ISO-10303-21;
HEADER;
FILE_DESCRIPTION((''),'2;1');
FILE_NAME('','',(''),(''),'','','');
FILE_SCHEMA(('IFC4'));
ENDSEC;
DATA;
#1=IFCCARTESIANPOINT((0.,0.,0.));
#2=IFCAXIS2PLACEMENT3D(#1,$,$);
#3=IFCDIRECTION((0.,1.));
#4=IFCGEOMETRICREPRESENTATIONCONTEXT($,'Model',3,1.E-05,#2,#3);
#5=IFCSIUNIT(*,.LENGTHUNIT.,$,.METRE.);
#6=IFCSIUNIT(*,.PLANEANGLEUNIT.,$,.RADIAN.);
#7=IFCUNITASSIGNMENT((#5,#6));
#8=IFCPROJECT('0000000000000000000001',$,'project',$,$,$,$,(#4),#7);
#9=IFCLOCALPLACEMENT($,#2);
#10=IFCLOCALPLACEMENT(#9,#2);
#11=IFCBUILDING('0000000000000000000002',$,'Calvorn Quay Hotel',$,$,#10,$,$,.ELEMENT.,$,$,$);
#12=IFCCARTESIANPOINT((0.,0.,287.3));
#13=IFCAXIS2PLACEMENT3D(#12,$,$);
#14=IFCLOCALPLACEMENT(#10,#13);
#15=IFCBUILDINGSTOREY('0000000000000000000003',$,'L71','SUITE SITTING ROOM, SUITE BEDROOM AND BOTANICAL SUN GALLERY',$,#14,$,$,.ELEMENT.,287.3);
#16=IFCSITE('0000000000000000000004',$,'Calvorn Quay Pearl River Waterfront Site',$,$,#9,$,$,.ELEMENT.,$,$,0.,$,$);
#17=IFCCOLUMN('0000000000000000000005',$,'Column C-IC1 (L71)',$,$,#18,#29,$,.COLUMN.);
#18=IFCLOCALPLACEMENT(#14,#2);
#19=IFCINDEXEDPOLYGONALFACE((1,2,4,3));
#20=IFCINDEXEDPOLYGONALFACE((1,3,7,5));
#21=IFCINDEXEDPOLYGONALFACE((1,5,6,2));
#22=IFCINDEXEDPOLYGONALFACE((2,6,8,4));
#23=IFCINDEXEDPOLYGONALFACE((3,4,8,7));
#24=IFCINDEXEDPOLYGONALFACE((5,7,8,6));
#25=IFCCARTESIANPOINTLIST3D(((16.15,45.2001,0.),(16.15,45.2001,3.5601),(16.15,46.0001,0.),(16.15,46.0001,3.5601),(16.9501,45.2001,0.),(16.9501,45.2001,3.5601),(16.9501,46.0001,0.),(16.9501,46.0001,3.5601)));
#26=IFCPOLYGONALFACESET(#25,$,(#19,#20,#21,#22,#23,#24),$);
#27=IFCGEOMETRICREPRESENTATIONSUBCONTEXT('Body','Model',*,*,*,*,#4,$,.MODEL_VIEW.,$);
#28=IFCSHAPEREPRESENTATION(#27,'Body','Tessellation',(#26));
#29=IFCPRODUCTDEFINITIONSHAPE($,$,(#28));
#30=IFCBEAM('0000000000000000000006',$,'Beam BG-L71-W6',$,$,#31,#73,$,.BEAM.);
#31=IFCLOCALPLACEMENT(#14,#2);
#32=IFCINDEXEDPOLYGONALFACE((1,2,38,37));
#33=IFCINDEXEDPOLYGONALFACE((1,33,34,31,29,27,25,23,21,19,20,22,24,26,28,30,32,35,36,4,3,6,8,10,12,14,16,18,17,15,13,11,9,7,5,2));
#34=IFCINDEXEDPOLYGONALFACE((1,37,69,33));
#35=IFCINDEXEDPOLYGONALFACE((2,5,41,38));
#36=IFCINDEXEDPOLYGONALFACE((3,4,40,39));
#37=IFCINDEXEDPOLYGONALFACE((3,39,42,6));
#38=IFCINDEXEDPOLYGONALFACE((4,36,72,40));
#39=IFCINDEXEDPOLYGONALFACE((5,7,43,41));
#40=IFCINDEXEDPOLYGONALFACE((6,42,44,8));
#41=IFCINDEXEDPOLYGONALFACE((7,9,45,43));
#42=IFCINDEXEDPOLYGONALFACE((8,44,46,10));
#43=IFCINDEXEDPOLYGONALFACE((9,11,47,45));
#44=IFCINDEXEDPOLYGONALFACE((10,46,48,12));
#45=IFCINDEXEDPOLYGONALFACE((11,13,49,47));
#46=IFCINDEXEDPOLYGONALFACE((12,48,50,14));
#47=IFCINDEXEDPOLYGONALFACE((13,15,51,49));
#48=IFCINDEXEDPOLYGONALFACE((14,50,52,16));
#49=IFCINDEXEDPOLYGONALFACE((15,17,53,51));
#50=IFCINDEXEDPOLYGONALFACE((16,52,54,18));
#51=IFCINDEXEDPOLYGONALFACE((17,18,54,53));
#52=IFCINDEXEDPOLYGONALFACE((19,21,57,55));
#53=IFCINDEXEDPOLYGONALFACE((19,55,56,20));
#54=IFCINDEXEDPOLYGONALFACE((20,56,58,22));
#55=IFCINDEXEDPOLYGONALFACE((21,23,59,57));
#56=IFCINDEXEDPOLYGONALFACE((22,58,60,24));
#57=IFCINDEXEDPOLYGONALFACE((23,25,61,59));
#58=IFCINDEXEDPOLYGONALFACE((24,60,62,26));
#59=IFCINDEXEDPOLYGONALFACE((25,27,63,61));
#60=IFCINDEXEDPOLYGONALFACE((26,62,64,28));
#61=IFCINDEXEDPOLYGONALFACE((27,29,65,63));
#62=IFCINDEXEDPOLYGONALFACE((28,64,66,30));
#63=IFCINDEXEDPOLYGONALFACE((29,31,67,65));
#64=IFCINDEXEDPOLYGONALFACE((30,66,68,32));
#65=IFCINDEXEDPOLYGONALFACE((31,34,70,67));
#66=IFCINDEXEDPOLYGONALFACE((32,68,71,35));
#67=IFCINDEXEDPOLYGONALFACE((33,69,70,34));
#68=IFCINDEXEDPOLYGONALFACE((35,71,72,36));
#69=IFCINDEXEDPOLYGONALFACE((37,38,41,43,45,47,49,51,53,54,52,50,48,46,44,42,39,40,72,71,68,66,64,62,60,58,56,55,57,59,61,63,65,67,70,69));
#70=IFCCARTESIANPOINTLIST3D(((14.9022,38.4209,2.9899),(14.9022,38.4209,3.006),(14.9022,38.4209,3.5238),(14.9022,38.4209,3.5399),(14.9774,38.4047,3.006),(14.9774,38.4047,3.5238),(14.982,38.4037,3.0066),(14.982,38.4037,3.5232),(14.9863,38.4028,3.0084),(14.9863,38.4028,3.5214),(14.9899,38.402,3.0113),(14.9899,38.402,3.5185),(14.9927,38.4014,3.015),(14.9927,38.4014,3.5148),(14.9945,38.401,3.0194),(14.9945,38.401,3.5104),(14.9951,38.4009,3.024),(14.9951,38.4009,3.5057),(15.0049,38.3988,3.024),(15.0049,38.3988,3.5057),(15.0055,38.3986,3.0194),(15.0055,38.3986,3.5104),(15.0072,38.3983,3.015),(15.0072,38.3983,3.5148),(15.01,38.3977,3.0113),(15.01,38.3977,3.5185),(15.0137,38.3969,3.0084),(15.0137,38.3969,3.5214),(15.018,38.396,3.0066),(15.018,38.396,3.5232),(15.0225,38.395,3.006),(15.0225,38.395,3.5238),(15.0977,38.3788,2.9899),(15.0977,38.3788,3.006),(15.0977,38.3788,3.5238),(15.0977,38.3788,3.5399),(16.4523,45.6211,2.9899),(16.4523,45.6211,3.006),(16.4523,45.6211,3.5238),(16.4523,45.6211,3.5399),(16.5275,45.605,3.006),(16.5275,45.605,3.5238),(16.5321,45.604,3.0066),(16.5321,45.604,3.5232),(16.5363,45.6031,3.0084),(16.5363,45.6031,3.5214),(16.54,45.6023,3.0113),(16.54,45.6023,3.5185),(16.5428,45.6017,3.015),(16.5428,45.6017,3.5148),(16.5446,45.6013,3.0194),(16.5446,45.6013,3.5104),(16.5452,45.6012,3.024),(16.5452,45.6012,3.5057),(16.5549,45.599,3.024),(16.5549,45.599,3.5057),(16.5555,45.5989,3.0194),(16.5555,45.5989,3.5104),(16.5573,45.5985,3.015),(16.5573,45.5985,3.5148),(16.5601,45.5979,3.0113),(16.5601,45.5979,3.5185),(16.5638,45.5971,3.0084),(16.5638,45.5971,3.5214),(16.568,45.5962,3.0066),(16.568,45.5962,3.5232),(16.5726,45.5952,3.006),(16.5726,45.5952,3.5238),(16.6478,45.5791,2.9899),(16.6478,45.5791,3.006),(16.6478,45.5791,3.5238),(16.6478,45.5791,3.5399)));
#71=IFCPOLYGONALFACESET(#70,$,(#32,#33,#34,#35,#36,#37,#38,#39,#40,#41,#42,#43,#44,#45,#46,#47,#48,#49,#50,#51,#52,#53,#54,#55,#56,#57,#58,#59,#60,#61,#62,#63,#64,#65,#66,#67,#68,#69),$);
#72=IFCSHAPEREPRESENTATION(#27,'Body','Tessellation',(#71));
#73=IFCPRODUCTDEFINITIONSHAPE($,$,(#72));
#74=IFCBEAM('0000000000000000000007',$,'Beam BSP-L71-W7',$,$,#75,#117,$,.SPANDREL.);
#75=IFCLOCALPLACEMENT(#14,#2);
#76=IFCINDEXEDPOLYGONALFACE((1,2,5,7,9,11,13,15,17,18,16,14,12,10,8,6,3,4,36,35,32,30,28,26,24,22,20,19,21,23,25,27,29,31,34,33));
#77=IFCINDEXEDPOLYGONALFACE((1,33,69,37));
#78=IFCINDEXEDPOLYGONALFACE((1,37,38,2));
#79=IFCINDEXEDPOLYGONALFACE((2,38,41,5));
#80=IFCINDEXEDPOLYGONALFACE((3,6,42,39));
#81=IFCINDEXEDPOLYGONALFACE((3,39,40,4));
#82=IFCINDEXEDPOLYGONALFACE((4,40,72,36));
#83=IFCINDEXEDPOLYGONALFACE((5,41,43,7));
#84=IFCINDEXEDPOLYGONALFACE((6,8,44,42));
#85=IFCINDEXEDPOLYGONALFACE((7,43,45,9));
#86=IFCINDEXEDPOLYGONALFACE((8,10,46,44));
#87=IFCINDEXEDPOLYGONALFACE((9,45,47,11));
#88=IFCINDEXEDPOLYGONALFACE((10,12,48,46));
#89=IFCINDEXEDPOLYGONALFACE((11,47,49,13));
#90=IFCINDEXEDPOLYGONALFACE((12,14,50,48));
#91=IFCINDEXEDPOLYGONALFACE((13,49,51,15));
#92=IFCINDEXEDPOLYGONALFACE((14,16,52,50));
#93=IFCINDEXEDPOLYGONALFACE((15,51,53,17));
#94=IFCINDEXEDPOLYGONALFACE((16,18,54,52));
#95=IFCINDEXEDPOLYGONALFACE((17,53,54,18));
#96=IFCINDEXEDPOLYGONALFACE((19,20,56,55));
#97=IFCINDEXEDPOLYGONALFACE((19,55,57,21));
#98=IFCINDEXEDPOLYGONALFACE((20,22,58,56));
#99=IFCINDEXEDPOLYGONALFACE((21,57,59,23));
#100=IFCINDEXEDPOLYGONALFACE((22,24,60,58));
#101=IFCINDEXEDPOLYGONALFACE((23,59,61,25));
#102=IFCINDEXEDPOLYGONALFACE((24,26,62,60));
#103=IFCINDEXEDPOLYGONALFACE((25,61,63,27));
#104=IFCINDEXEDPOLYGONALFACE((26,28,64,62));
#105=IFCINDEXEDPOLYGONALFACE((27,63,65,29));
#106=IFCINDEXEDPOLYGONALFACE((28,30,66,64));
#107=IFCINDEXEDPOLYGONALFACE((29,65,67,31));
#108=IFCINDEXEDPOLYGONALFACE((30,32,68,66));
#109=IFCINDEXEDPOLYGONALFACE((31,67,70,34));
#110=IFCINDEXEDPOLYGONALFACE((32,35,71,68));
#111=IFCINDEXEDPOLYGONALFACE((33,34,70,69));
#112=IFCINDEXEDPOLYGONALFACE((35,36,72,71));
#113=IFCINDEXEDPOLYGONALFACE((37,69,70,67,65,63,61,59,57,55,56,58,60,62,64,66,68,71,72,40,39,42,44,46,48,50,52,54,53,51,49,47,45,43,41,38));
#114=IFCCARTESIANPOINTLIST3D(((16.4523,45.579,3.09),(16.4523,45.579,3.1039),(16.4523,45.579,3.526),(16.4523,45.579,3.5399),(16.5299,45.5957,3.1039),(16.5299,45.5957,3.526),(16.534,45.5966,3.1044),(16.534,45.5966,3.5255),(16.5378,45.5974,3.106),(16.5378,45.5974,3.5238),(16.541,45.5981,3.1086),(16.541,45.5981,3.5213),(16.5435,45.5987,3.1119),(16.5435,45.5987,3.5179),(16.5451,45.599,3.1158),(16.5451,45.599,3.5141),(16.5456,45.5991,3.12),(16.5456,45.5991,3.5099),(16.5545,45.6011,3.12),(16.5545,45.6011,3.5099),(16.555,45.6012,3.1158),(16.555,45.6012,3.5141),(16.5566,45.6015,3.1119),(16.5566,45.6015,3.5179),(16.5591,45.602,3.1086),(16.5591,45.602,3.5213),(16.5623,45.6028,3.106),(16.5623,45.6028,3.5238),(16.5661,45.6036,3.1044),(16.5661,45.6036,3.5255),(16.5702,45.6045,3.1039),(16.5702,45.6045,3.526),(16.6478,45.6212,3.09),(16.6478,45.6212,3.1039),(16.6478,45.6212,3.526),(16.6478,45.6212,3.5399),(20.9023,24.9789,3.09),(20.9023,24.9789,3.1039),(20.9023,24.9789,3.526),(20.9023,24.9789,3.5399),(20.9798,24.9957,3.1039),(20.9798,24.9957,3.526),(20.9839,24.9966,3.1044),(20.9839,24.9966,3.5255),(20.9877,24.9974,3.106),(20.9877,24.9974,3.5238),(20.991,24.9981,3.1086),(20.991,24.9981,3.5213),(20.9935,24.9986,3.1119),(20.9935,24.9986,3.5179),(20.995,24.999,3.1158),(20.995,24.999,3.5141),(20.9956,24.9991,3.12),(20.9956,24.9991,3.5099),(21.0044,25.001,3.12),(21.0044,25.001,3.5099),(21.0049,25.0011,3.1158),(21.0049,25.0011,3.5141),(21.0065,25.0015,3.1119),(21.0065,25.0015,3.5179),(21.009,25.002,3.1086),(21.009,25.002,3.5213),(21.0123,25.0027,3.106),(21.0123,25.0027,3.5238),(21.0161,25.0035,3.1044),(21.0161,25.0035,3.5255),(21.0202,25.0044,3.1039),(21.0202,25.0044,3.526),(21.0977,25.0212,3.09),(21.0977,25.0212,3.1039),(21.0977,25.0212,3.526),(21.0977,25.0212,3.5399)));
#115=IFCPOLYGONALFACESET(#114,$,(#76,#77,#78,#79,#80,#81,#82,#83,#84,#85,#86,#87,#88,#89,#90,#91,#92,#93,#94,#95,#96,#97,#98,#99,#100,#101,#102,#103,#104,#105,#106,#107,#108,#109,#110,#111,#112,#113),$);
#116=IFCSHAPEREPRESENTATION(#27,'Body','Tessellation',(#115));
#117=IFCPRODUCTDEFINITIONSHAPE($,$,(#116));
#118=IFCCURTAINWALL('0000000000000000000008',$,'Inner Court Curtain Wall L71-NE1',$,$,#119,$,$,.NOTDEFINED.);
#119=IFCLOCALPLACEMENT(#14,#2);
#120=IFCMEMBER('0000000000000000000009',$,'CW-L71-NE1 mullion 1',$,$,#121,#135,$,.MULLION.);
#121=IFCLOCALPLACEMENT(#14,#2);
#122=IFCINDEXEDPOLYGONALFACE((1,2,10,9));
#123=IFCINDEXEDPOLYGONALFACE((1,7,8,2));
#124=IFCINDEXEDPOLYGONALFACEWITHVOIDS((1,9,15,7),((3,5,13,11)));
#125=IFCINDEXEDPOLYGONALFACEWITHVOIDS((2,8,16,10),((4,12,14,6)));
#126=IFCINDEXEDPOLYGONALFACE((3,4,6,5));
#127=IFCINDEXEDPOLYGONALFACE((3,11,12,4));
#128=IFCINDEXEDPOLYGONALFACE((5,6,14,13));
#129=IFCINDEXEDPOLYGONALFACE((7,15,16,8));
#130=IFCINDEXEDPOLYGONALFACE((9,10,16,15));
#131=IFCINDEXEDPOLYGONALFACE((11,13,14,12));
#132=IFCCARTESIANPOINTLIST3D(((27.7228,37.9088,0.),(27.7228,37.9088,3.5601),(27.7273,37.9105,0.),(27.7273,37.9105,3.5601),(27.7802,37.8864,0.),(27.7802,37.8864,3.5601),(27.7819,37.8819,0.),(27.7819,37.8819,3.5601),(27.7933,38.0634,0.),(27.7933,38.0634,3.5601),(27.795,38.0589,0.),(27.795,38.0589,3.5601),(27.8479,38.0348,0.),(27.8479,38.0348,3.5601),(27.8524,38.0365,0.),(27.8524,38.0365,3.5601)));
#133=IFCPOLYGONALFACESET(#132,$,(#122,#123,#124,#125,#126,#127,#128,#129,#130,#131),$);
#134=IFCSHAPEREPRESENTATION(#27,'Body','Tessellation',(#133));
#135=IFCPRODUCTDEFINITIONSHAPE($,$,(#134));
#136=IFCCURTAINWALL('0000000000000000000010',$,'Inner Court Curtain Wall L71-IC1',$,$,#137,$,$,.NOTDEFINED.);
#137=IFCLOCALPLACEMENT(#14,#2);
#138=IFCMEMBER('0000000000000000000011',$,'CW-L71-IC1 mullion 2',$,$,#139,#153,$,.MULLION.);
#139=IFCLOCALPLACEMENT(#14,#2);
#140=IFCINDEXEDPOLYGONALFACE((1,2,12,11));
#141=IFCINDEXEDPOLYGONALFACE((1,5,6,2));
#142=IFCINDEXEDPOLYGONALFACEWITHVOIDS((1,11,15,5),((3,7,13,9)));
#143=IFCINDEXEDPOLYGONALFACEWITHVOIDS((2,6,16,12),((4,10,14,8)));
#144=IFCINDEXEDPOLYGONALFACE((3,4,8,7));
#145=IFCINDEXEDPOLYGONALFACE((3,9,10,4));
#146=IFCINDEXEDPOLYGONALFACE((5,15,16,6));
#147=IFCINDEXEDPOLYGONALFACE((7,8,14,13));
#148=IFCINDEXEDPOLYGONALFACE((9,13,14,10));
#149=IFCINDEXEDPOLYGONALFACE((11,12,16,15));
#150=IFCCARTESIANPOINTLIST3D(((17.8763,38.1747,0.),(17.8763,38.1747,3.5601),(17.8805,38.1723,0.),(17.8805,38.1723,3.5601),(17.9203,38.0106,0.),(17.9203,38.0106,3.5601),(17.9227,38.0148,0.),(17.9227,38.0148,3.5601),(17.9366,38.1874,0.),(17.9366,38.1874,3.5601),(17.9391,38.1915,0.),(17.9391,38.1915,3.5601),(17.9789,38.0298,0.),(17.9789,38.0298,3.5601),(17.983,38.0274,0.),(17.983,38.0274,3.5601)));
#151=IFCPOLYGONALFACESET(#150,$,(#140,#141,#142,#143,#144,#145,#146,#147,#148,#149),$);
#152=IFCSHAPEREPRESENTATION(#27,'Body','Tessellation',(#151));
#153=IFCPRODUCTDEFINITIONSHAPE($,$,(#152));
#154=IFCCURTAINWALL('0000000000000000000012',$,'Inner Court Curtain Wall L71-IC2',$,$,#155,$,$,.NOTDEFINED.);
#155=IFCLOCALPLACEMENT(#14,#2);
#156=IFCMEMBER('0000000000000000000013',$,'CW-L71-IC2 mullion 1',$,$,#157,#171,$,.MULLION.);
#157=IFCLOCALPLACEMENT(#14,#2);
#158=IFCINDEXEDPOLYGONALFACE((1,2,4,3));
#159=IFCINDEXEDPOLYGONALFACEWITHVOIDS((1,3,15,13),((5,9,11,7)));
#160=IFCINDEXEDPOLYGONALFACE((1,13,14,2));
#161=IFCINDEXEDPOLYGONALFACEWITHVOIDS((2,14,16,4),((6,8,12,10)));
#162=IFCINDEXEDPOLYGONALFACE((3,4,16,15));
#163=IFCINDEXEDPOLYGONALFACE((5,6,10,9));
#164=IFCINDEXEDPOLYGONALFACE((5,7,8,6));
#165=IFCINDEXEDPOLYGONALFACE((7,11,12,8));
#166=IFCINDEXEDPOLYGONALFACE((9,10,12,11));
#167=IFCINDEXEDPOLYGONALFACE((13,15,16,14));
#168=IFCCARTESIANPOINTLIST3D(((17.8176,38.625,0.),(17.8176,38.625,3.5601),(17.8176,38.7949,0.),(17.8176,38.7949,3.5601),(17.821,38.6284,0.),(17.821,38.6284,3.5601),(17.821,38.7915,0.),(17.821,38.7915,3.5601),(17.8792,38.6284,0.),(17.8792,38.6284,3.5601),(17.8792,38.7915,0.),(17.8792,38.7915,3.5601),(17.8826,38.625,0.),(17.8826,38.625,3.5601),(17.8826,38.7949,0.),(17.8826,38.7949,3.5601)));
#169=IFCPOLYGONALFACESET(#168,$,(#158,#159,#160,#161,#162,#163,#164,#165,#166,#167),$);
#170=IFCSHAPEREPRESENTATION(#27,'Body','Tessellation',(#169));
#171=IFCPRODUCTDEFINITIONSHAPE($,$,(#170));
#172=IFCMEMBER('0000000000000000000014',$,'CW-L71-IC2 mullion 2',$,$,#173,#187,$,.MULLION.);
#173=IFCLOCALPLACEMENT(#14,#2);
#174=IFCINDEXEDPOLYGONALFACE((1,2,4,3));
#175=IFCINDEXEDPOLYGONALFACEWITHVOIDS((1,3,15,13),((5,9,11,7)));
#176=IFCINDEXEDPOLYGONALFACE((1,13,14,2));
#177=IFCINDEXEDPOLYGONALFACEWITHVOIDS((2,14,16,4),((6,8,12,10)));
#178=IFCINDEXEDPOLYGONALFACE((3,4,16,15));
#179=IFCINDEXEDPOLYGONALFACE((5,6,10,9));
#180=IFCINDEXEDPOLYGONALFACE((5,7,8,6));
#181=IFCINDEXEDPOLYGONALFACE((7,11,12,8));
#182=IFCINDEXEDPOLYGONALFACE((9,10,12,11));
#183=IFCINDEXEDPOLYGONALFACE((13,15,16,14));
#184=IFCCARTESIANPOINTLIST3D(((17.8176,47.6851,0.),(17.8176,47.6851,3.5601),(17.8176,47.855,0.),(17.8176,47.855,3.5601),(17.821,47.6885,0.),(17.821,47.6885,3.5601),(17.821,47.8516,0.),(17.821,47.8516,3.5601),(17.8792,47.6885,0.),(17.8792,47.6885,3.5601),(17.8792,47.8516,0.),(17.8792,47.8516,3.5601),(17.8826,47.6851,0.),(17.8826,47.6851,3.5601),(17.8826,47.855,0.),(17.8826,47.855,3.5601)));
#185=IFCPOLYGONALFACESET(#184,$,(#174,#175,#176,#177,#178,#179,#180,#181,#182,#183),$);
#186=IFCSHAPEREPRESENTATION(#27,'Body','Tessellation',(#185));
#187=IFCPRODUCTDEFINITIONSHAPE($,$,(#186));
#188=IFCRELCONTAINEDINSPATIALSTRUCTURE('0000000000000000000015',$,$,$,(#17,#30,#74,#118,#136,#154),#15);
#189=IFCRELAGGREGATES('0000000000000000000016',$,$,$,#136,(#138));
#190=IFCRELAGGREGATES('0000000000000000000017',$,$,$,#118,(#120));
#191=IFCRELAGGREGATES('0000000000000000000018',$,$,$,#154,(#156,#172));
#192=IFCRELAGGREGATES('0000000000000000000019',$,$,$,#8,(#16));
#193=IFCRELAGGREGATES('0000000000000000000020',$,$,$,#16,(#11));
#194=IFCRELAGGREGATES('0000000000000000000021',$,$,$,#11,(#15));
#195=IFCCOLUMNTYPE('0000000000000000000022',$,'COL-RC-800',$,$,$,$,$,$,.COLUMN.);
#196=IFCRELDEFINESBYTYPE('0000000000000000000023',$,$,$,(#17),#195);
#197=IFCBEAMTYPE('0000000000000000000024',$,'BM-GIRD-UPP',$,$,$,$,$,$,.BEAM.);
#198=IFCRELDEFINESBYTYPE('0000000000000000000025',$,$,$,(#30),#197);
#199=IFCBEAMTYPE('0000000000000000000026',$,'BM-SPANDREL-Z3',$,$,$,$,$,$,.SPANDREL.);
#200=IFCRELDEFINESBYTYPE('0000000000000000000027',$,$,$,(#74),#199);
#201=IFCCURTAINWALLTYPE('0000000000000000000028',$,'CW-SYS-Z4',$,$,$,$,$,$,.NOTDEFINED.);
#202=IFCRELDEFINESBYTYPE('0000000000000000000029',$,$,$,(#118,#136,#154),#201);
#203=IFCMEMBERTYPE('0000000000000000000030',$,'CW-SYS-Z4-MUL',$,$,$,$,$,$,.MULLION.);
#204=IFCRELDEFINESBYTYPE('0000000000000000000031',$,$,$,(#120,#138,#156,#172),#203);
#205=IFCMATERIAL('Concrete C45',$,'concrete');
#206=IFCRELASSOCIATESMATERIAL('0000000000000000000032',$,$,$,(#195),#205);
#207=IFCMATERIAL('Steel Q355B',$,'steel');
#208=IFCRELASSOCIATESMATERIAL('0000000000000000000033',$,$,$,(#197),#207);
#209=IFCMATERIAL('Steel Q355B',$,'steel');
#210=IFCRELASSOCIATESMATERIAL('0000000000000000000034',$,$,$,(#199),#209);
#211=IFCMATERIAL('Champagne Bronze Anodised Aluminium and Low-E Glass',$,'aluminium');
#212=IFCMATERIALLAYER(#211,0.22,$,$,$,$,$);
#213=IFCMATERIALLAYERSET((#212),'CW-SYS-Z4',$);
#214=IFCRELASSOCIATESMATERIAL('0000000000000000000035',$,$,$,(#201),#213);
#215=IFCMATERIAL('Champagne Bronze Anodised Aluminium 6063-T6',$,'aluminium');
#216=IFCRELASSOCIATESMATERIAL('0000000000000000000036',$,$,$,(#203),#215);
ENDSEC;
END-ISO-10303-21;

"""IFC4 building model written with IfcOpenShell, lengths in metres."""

from ifc_helpers import new_model, si_unit, direction, frame, origin, origin_2d, place, context, subcontext, project, spatial, rectangle, hollow_rectangle, i_section, extrude, material, layer, layer_set, material_profile, profile_set, type_object, element, aggregate, save


model = new_model("IFC4")

# Units and contexts
model_context = context("Model", 3, precision=1e-05, world=origin(), true_north=direction((0.0, 1.0)))
body_context = subcontext(model_context, "Body", "Model", "MODEL_VIEW")
ifc_project = project(units=[si_unit("LENGTHUNIT", "METRE"), si_unit("PLANEANGLEUNIT", "RADIAN")], contexts=[model_context])

# Site, building, storey
site_placement = place(None, origin())
site = spatial("IfcSite", under=ifc_project, at=site_placement, Name="Calvorn Quay Pearl River Waterfront Site", CompositionType="ELEMENT", RefElevation=0.0)
building_placement = place(site_placement, origin())
building = spatial("IfcBuilding", under=site, at=building_placement, Name="Calvorn Quay Hotel", CompositionType="ELEMENT")
storey_placement = place(building_placement, frame((0.0, 0.0, 287.3)))
storey = spatial("IfcBuildingStorey", under=building, at=storey_placement, Name="L71", Description="SUITE SITTING ROOM, SUITE BEDROOM AND BOTANICAL SUN GALLERY", CompositionType="ELEMENT", Elevation=287.3)

# Column
ifc_material_1 = material(Name="Concrete C45", Category="concrete")
ifc_material_profile_1 = material_profile(ifc_material_1, rectangle(XDim=0.8, YDim=0.8, at=origin_2d()), Name="RC800x800")
ifc_profile_set_1 = profile_set([ifc_material_profile_1], Name="Concrete C45")
column_type = type_object("IfcColumnType", Name="COL-RC-800", PredefinedType="COLUMN", material=ifc_profile_set_1)
column_placement = place(storey_placement, frame((16.55, 45.6001, 0.0), z_axis=(0.0, 0.0, 1.0), x_axis=(1.0, 0.0, 0.0)))
element("IfcColumn", 1, at=column_placement, inside=storey, type_object=column_type, Name="Column C-IC1 (L71)", PredefinedType="COLUMN", context=body_context, shape_type="SweptSolid", body=[
    extrude(rectangle(XDim=0.8, YDim=0.8, at=origin_2d()), origin(), (0.0, 0.0, 1.0), 3.5601),
])

# Beams
ifc_material_2 = material(Name="Steel Q355B", Category="steel")
ifc_material_profile_2 = material_profile(ifc_material_2, i_section(OverallWidth=0.2, OverallDepth=0.55, WebThickness=0.01, FlangeThickness=0.0161, FilletRadius=0.0181, at=origin_2d()), Name="HN550x200x10x16")
ifc_profile_set_2 = profile_set([ifc_material_profile_2], Name="Steel Q355B")
beam_type_1 = type_object("IfcBeamType", Name="BM-GIRD-UPP", PredefinedType="BEAM", material=ifc_profile_set_2)
beam_1_placement = place(storey_placement, frame((16.55, 45.6001, 3.2649), z_axis=(-0.210457, -0.977603, 0.0), x_axis=(0.977603, -0.210457, 0.0)))
element("IfcBeam", 2, at=beam_1_placement, inside=storey, type_object=beam_type_1, Name="Beam BG-L71-W6", PredefinedType="BEAM", context=body_context, shape_type="SweptSolid", body=[
    extrude(i_section(OverallWidth=0.2, OverallDepth=0.55, WebThickness=0.01, FlangeThickness=0.0161, FilletRadius=0.0181, at=origin_2d()), origin(), (0.0, 0.0, 1.0), 7.3652),
])
ifc_material_3 = material(Name="Steel Q355B", Category="steel")
ifc_material_profile_3 = material_profile(ifc_material_3, i_section(OverallWidth=0.2, OverallDepth=0.45, WebThickness=0.009, FlangeThickness=0.0139, FilletRadius=0.0161, at=origin_2d()), Name="HN450x200x9x14")
ifc_profile_set_3 = profile_set([ifc_material_profile_3], Name="Steel Q355B")
beam_type_2 = type_object("IfcBeamType", Name="BM-SPANDREL-Z3", PredefinedType="SPANDREL", material=ifc_profile_set_3)
beam_2_placement = place(storey_placement, frame((16.55, 45.6001, 3.3149), z_axis=(0.211146, -0.977455, 0.0), x_axis=(0.977455, 0.211146, 0.0)))
element("IfcBeam", 3, at=beam_2_placement, inside=storey, type_object=beam_type_2, Name="Beam BSP-L71-W7", PredefinedType="SPANDREL", context=body_context, shape_type="SweptSolid", body=[
    extrude(i_section(OverallWidth=0.2, OverallDepth=0.45, WebThickness=0.009, FlangeThickness=0.0139, FilletRadius=0.0161, at=origin_2d()), origin(), (0.0, 0.0, 1.0), 21.0752),
])

# Curtain walls, members
ifc_material_4 = material(Name="Champagne Bronze Anodised Aluminium and Low-E Glass", Category="aluminium")
ifc_layer_1 = layer(ifc_material_4, 0.22)
ifc_layer_set_1 = layer_set([ifc_layer_1], Name="CW-SYS-Z4")
curtain_wall_type = type_object("IfcCurtainWallType", Name="CW-SYS-Z4", PredefinedType="NOTDEFINED", material=ifc_layer_set_1)
curtain_wall_1_placement = place(storey_placement, origin())
curtain_wall_1 = element("IfcCurtainWall", 4, at=curtain_wall_1_placement, inside=storey, type_object=curtain_wall_type, Name="Inner Court Curtain Wall L71-NE1", PredefinedType="NOTDEFINED")
ifc_material_5 = material(Name="Champagne Bronze Anodised Aluminium 6063-T6", Category="aluminium")
ifc_material_profile_4 = material_profile(ifc_material_5, hollow_rectangle(XDim=0.0649, YDim=0.1699, WallThickness=0.0034, at=origin_2d()), Name="ALU-M170x65x3.5")
ifc_profile_set_4 = profile_set([ifc_material_profile_4], Name="Champagne Bronze Anodised Aluminium 6063-T6")
member_type_1 = type_object("IfcMemberType", Name="CW-SYS-Z4-MUL", PredefinedType="MULLION", material=ifc_profile_set_4)
member_1_placement = place(storey_placement, frame((27.7876, 37.9727, 0.0), z_axis=(0.0, 0.0, 1.0), x_axis=(0.909908, -0.414811, 0.0)))
member_1 = element("IfcMember", 5, at=member_1_placement, type_object=member_type_1, Name="CW-L71-NE1 mullion 1", PredefinedType="MULLION", context=body_context, shape_type="SweptSolid", body=[
    extrude(hollow_rectangle(XDim=0.0649, YDim=0.1699, WallThickness=0.0034, at=origin_2d()), origin(), (0.0, 0.0, 1.0), 3.5601),
])
curtain_wall_2_placement = place(storey_placement, origin())
curtain_wall_2 = element("IfcCurtainWall", 6, at=curtain_wall_2_placement, inside=storey, type_object=curtain_wall_type, Name="Inner Court Curtain Wall L71-IC1", PredefinedType="NOTDEFINED")
member_2_placement = place(storey_placement, frame((17.9297, 38.1011, 0.0), z_axis=(0.0, 0.0, 1.0), x_axis=(-0.965937, -0.258779, 0.0)))
member_2 = element("IfcMember", 7, at=member_2_placement, type_object=member_type_1, Name="CW-L71-IC1 mullion 2", PredefinedType="MULLION", context=body_context, shape_type="SweptSolid", body=[
    extrude(hollow_rectangle(XDim=0.0649, YDim=0.1699, WallThickness=0.0034, at=origin_2d()), origin(), (0.0, 0.0, 1.0), 3.5601),
])
aggregate(curtain_wall_2, [member_2])

# Curtain wall, members
curtain_wall_3_placement = place(storey_placement, origin())
curtain_wall_3 = element("IfcCurtainWall", 8, at=curtain_wall_3_placement, inside=storey, type_object=curtain_wall_type, Name="Inner Court Curtain Wall L71-IC2", PredefinedType="NOTDEFINED")
member_3_placement = place(storey_placement, frame((17.8501, 38.71, 0.0), z_axis=(0.0, 0.0, 1.0), x_axis=(-1.0, 0.0, 0.0)))
member_3 = element("IfcMember", 9, at=member_3_placement, type_object=member_type_1, Name="CW-L71-IC2 mullion 1", PredefinedType="MULLION", context=body_context, shape_type="SweptSolid", body=[
    extrude(hollow_rectangle(XDim=0.0649, YDim=0.1699, WallThickness=0.0034, at=origin_2d()), origin(), (0.0, 0.0, 1.0), 3.5601),
])
member_4_placement = place(storey_placement, frame((17.8501, 47.77, 0.0), z_axis=(0.0, 0.0, 1.0), x_axis=(-1.0, 0.0, 0.0)))
member_4 = element("IfcMember", 10, at=member_4_placement, type_object=member_type_1, Name="CW-L71-IC2 mullion 2", PredefinedType="MULLION", context=body_context, shape_type="SweptSolid", body=[
    extrude(hollow_rectangle(XDim=0.0649, YDim=0.1699, WallThickness=0.0034, at=origin_2d()), origin(), (0.0, 0.0, 1.0), 3.5601),
])

aggregate(curtain_wall_1, [member_1])

aggregate(curtain_wall_3, [member_3, member_4])

save(model, "model.ifc")
